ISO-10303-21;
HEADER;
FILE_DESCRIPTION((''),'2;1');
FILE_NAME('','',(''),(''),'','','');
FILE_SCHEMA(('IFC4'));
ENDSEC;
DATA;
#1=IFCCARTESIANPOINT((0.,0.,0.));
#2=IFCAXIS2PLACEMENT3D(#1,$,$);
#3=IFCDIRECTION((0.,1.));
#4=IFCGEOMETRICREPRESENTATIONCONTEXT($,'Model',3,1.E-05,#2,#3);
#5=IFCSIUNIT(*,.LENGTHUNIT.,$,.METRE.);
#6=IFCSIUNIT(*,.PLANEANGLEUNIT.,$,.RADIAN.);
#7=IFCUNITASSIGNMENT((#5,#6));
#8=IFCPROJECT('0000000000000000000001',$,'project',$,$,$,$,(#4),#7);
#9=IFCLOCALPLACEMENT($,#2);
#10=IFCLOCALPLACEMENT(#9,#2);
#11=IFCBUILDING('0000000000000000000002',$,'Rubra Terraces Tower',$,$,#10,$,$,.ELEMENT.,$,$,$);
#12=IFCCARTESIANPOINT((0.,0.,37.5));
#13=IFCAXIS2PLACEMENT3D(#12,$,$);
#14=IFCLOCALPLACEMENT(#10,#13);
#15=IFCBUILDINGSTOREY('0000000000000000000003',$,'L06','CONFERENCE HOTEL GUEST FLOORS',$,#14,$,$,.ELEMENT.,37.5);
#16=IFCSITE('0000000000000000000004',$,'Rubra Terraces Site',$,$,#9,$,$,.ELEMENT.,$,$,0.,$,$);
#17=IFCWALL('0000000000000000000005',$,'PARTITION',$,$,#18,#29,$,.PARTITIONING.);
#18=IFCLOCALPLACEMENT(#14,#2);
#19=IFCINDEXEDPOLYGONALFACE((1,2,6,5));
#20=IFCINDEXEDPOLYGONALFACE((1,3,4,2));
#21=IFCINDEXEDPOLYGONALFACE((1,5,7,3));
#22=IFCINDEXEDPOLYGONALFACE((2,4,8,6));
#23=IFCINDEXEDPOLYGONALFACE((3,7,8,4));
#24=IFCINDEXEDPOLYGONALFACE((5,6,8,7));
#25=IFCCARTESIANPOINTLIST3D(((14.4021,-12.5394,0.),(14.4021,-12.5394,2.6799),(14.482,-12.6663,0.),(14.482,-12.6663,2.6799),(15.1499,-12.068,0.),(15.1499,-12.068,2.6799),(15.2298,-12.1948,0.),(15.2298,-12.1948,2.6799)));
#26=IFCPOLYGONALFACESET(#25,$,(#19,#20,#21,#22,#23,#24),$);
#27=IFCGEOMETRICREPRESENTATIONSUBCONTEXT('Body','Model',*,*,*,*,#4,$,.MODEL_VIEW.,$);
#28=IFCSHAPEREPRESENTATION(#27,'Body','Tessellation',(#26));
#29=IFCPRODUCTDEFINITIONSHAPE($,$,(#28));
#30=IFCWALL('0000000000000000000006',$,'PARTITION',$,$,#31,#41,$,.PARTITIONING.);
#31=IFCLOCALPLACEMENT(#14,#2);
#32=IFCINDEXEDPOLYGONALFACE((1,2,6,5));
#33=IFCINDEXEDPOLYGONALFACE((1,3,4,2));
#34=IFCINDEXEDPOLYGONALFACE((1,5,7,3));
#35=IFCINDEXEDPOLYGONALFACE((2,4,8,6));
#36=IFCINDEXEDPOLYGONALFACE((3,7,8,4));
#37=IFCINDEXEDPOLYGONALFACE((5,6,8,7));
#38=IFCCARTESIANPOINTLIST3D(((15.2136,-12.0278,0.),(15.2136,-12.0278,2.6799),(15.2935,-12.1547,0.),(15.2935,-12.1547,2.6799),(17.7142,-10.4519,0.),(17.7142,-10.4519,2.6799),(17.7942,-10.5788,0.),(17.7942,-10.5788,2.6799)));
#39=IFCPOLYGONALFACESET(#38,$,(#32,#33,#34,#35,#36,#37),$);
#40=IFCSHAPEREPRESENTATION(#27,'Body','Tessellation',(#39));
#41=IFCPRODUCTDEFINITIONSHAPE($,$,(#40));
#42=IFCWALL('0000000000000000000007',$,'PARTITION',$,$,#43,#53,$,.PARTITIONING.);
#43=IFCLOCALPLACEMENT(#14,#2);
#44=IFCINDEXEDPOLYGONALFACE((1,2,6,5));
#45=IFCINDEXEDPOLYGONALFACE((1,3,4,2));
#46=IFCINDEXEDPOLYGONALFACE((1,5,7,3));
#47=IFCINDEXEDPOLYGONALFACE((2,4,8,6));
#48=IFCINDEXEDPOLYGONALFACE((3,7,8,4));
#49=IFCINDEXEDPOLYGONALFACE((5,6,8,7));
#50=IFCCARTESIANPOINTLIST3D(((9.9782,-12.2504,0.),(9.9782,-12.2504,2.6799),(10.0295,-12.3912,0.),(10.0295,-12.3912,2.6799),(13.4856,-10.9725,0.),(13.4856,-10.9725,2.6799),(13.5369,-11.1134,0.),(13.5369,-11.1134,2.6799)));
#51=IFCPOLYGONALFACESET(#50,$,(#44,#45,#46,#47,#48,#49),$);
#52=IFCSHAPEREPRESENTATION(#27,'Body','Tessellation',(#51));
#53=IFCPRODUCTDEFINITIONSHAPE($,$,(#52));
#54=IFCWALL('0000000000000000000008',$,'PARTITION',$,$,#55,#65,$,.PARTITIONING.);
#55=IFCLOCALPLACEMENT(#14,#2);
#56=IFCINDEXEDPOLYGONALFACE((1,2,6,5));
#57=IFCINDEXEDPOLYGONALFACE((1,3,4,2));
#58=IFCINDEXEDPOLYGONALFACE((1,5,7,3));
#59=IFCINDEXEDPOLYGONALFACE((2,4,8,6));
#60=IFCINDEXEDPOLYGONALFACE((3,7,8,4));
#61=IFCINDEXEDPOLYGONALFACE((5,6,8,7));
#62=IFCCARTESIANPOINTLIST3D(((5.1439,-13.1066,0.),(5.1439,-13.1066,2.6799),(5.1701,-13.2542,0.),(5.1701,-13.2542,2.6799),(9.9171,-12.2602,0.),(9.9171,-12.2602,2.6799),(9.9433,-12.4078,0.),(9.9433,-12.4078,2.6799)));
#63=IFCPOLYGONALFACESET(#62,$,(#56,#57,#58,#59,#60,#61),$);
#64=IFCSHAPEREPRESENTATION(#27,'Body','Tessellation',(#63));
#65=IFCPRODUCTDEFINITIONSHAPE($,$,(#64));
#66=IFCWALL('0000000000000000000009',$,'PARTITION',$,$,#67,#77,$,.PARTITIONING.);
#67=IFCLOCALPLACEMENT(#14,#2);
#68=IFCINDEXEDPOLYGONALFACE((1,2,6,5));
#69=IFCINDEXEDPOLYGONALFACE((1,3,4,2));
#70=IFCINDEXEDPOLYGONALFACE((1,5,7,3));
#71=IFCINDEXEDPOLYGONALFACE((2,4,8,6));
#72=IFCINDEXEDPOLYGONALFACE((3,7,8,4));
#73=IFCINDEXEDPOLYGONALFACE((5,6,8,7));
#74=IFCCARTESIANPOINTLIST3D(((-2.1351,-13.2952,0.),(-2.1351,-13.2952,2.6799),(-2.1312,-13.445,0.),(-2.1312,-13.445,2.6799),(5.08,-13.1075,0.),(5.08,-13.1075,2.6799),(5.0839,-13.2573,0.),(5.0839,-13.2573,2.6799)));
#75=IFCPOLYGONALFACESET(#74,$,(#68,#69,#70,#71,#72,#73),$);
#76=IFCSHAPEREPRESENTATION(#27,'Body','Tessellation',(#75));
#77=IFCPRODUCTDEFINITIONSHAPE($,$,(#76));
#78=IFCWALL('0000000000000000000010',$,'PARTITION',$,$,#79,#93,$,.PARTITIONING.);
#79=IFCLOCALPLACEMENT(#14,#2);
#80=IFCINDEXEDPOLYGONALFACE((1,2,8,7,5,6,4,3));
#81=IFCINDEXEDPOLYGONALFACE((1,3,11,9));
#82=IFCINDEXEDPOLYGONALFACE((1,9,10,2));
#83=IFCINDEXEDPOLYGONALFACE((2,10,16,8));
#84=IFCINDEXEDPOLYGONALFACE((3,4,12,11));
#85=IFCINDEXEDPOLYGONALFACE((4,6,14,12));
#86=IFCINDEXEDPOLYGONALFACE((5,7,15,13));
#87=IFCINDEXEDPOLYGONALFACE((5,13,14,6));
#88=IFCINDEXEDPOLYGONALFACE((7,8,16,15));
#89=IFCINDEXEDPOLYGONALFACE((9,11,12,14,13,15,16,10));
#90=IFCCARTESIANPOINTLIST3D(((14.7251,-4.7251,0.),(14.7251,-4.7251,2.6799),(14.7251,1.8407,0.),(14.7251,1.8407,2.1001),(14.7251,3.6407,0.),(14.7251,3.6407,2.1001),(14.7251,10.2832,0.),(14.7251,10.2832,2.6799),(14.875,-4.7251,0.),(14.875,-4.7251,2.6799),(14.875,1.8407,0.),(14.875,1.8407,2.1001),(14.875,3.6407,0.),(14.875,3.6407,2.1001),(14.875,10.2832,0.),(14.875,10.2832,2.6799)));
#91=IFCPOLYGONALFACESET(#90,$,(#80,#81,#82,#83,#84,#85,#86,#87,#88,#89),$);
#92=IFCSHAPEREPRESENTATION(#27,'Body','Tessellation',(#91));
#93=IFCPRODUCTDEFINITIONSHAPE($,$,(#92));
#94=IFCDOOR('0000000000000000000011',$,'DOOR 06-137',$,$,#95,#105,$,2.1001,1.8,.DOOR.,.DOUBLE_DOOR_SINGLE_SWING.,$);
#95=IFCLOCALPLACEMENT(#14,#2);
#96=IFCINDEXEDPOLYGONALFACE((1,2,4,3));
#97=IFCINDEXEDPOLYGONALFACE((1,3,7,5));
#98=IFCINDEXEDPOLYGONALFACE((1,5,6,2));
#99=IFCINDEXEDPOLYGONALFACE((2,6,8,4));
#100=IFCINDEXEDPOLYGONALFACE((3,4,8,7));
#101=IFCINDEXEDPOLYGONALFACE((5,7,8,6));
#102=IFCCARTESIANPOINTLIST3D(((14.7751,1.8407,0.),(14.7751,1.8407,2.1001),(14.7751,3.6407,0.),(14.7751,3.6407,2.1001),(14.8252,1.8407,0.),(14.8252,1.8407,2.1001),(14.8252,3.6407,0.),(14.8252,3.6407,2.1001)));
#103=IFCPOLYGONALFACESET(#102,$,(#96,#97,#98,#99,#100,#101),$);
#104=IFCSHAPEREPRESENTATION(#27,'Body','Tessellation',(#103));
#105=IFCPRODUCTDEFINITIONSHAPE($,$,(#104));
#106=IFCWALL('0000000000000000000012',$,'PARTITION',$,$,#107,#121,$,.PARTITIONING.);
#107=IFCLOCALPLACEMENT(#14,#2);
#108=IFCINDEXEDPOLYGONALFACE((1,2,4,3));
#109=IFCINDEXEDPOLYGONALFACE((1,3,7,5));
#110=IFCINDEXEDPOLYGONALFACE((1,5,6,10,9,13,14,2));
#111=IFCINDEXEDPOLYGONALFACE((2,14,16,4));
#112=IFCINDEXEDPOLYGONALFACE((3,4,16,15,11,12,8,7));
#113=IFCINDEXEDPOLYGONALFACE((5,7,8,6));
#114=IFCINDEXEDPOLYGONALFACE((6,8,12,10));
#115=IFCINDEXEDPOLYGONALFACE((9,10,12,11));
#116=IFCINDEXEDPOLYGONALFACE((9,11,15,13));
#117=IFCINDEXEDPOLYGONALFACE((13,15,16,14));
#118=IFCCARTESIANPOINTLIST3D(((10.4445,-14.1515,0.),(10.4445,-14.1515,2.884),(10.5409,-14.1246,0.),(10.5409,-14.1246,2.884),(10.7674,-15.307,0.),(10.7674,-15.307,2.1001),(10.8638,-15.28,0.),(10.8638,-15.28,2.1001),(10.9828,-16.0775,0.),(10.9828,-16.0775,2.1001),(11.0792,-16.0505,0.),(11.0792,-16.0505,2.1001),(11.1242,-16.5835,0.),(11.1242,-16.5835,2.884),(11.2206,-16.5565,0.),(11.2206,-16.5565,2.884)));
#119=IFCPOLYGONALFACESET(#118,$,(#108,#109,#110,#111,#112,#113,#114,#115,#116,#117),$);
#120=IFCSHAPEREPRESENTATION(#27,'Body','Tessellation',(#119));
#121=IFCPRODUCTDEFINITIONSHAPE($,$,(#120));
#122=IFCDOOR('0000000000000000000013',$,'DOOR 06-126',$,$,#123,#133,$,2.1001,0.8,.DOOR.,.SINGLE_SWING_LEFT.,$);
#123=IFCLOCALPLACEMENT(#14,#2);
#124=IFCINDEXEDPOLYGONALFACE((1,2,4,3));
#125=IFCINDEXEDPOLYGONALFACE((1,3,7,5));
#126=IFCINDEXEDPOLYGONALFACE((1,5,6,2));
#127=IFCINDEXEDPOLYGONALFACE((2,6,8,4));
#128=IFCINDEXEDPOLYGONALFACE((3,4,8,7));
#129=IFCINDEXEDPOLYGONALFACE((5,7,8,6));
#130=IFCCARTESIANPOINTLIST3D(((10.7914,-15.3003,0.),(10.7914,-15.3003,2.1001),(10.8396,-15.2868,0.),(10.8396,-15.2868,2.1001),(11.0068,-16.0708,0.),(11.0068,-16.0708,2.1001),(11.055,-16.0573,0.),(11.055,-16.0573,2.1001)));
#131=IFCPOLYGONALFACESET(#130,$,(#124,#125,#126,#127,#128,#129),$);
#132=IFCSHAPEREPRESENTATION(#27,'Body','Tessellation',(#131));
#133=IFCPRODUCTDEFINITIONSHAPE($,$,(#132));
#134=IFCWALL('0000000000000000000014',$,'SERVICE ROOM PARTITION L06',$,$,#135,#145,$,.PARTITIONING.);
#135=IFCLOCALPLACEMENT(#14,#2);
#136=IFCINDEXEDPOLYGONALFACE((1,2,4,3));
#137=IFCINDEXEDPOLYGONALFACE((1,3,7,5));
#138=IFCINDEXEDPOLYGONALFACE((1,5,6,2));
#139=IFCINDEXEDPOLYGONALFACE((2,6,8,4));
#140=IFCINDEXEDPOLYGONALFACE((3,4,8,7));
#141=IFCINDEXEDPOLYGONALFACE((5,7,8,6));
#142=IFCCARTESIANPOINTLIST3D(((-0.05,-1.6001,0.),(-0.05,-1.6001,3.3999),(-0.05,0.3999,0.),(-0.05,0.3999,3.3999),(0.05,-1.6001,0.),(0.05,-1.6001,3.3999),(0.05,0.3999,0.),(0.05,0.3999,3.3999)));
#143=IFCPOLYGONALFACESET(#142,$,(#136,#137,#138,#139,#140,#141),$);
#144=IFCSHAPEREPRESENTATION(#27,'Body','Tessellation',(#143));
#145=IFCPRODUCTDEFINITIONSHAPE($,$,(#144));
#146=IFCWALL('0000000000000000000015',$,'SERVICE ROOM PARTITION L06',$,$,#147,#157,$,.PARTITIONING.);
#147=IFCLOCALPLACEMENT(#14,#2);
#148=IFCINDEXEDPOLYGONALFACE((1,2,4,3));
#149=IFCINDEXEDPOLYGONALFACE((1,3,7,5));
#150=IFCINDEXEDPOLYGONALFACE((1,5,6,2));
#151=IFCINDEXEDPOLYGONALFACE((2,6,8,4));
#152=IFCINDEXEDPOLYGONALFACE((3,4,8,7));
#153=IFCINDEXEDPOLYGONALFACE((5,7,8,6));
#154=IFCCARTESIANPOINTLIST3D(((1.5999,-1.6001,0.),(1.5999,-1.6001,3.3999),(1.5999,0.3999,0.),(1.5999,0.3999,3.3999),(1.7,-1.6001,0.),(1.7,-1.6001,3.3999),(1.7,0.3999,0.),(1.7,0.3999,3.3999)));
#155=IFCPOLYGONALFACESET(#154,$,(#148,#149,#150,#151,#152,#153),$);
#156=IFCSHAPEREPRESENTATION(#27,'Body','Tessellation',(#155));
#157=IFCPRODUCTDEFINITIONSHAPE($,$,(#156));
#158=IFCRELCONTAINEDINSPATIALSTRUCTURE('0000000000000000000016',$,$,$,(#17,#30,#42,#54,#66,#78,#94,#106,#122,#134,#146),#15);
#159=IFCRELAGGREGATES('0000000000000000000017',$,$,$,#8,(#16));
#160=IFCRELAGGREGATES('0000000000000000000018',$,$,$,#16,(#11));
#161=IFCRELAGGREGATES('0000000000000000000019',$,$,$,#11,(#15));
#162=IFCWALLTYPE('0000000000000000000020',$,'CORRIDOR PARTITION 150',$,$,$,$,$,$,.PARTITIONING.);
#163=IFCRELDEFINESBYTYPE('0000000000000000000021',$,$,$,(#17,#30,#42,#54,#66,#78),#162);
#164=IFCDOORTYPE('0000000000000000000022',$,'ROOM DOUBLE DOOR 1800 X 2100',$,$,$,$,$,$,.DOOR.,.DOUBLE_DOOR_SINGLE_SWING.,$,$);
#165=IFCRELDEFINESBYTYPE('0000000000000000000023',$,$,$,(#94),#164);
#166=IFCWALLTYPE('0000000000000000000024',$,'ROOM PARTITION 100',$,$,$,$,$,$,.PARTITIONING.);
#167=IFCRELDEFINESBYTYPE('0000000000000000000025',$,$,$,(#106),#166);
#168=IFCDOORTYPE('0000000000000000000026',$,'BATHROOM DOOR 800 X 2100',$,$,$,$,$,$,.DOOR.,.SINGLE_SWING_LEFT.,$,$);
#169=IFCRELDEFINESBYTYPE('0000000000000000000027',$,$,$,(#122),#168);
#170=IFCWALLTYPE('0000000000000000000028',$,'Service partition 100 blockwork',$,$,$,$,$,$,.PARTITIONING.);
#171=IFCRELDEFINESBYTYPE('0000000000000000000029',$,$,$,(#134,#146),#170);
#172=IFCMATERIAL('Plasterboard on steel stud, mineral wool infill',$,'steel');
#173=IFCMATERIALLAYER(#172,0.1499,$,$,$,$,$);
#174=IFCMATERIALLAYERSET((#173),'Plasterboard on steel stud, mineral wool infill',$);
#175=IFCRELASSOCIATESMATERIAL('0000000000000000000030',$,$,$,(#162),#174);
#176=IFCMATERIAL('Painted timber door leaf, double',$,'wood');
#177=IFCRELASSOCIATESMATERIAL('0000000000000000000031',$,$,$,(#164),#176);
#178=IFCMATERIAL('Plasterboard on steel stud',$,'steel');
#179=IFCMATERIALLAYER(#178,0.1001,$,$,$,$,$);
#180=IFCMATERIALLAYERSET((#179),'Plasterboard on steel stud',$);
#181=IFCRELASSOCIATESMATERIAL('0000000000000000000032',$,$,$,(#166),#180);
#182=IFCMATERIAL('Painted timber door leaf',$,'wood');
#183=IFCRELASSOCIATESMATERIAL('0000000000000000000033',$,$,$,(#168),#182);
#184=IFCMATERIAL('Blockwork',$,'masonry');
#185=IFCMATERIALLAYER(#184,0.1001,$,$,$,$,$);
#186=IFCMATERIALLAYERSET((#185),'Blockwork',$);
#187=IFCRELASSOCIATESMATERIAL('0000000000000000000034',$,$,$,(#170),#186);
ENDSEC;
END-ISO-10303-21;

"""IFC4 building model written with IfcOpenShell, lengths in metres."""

from ifc_helpers import new_model, si_unit, direction, frame, frame_2d, origin, place, context, subcontext, project, spatial, rectangle, extrude, material, layer, layer_set, type_object, element, fill, save


model = new_model("IFC4")

# Units and contexts
model_context = context("Model", 3, precision=1e-05, world=origin(), true_north=direction((0.0, 1.0)))
body_context = subcontext(model_context, "Body", "Model", "MODEL_VIEW")
ifc_project = project(units=[si_unit("LENGTHUNIT", "METRE"), si_unit("PLANEANGLEUNIT", "RADIAN")], contexts=[model_context])

# Site, building, storey
site_placement = place(None, origin())
site = spatial("IfcSite", under=ifc_project, at=site_placement, Name="Rubra Terraces Site", CompositionType="ELEMENT", RefElevation=0.0)
building_placement = place(site_placement, origin())
building = spatial("IfcBuilding", under=site, at=building_placement, Name="Rubra Terraces Tower", CompositionType="ELEMENT")
storey_placement = place(building_placement, frame((0.0, 0.0, 37.5)))
storey = spatial("IfcBuildingStorey", under=building, at=storey_placement, Name="L06", Description="CONFERENCE HOTEL GUEST FLOORS", CompositionType="ELEMENT", Elevation=37.5)

# Shared definitions
ifc_material_1 = material(Name="Plasterboard on steel stud, mineral wool infill", Category="steel")
ifc_layer_1 = layer(ifc_material_1, 0.1499)
ifc_layer_set_1 = layer_set([ifc_layer_1], Name="Plasterboard on steel stud, mineral wool infill")
wall_type_1 = type_object("IfcWallType", Name="CORRIDOR PARTITION 150", PredefinedType="PARTITIONING", material=ifc_layer_set_1)

# Shared definitions
ifc_material_2 = material(Name="Painted timber door leaf", Category="wood")

# Walls
wall_1_placement = place(storey_placement, frame((14.4421, -12.6028, 0.0), z_axis=(0.0, 0.0, 1.0), x_axis=(0.845928, 0.533297, 0.0)))
element("IfcWall", 1, at=wall_1_placement, inside=storey, type_object=wall_type_1, Name="PARTITION", PredefinedType="PARTITIONING", context=body_context, shape_type="SweptSolid", body=[
    extrude(rectangle(XDim=0.884, YDim=0.1499, at=frame_2d((0.4419, 0.0))), origin(), (0.0, 0.0, 1.0), 2.6799),
])
wall_2_placement = place(storey_placement, frame((15.2534, -12.0913, 0.0), z_axis=(0.0, 0.0, 1.0), x_axis=(0.84602, 0.533151, 0.0)))
element("IfcWall", 2, at=wall_2_placement, inside=storey, type_object=wall_type_1, Name="PARTITION", PredefinedType="PARTITIONING", context=body_context, shape_type="SweptSolid", body=[
    extrude(rectangle(XDim=2.9558, YDim=0.1499, at=frame_2d((1.478, 0.0))), origin(), (0.0, 0.0, 1.0), 2.6799),
])
wall_3_placement = place(storey_placement, frame((13.5112, -11.043, 0.0), z_axis=(0.0, 0.0, 1.0), x_axis=(-0.939583, -0.342321, 0.0)))
element("IfcWall", 3, at=wall_3_placement, inside=storey, type_object=wall_type_1, Name="PARTITION", PredefinedType="PARTITIONING", context=body_context, shape_type="SweptSolid", body=[
    extrude(rectangle(XDim=3.7329, YDim=0.1499, at=frame_2d((1.8665, 0.0))), origin(), (0.0, 0.0, 1.0), 2.6799),
])
wall_4_placement = place(storey_placement, frame((9.9302, -12.334, 0.0), z_axis=(0.0, 0.0, 1.0), x_axis=(-0.984638, -0.174607, 0.0)))
element("IfcWall", 4, at=wall_4_placement, inside=storey, type_object=wall_type_1, Name="PARTITION", PredefinedType="PARTITIONING", context=body_context, shape_type="SweptSolid", body=[
    extrude(rectangle(XDim=4.8477, YDim=0.1499, at=frame_2d((2.4238, 0.0))), origin(), (0.0, 0.0, 1.0), 2.6799),
])
wall_5_placement = place(storey_placement, frame((5.082, -13.1824, 0.0), z_axis=(0.0, 0.0, 1.0), x_axis=(-0.999662, -0.026012, 0.0)))
element("IfcWall", 5, at=wall_5_placement, inside=storey, type_object=wall_type_1, Name="PARTITION", PredefinedType="PARTITIONING", context=body_context, shape_type="SweptSolid", body=[
    extrude(rectangle(XDim=7.2175, YDim=0.1499, at=frame_2d((3.6089, 0.0))), origin(), (0.0, 0.0, 1.0), 2.6799),
])

# Walls, openings, doors
wall_6_placement = place(storey_placement, frame((14.8, -4.7251, 0.0), z_axis=(0.0, 0.0, 1.0), x_axis=(0.0, 1.0, 0.0)))
wall_6 = element("IfcWall", 6, at=wall_6_placement, inside=storey, type_object=wall_type_1, Name="PARTITION", PredefinedType="PARTITIONING", context=body_context, shape_type="SweptSolid", body=[
    extrude(rectangle(XDim=15.0083, YDim=0.1499, at=frame_2d((7.5042, 0.0))), origin(), (0.0, 0.0, 1.0), 2.6799),
])
opening_1_placement = place(wall_6_placement, frame((6.5659, 0.0, 0.0)))
opening_1 = element("IfcOpeningElement", 7, at=opening_1_placement, cuts=wall_6, PredefinedType="OPENING", context=body_context, shape_type="SweptSolid", body=[
    extrude(rectangle(XDim=1.8, YDim=2.1001, at=frame_2d((0.8999, 1.05))), frame((0.0, 0.085, 0.0), z_axis=(0.0, -1.0, 0.0), x_axis=(1.0, 0.0, 0.0)), (0.0, 0.0, 1.0), 0.1699),
])
ifc_material_3 = material(Name="Painted timber door leaf, double", Category="wood")
door_type_1 = type_object("IfcDoorType", Name="ROOM DOUBLE DOOR 1800 X 2100", OperationType="DOUBLE_DOOR_SINGLE_SWING", PredefinedType="DOOR", material=ifc_material_3)
door_1_placement = place(opening_1_placement, origin())
door_1 = element("IfcDoor", 8, at=door_1_placement, inside=storey, type_object=door_type_1, Name="DOOR 06-137", OperationType="DOUBLE_DOOR_SINGLE_SWING", OverallHeight=2.1001, OverallWidth=1.8, PredefinedType="DOOR", context=body_context, shape_type="SweptSolid", body=[
    extrude(rectangle(XDim=1.8, YDim=2.1001, at=frame_2d((0.8999, 1.05))), frame((0.0, 0.0249, 0.0), z_axis=(0.0, -1.0, 0.0), x_axis=(1.0, 0.0, 0.0)), (0.0, 0.0, 1.0), 0.05),
])
fill(opening_1, door_1)
ifc_material_4 = material(Name="Plasterboard on steel stud", Category="steel")
ifc_layer_2 = layer(ifc_material_4, 0.1001)
ifc_layer_set_2 = layer_set([ifc_layer_2], Name="Plasterboard on steel stud")
wall_type_2 = type_object("IfcWallType", Name="ROOM PARTITION 100", PredefinedType="PARTITIONING", material=ifc_layer_set_2)
wall_7_placement = place(storey_placement, frame((10.4927, -14.1379, 0.0), z_axis=(0.0, 0.0, 1.0), x_axis=(0.269174, -0.963091, 0.0)))
wall_7 = element("IfcWall", 9, at=wall_7_placement, inside=storey, type_object=wall_type_2, Name="PARTITION", PredefinedType="PARTITIONING", context=body_context, shape_type="SweptSolid", body=[
    extrude(rectangle(XDim=2.5251, YDim=0.1001, at=frame_2d((1.2627, 0.0))), origin(), (0.0, 0.0, 1.0), 2.884),
])
opening_2_placement = place(wall_7_placement, frame((1.2, 0.0, 0.0)))
opening_2 = element("IfcOpeningElement", 10, at=opening_2_placement, cuts=wall_7, PredefinedType="OPENING", context=body_context, shape_type="SweptSolid", body=[
    extrude(rectangle(XDim=0.8, YDim=2.1001, at=frame_2d((0.3999, 1.05))), frame((0.0, 0.0601, 0.0), z_axis=(0.0, -1.0, 0.0), x_axis=(1.0, 0.0, 0.0)), (0.0, 0.0, 1.0), 0.1201),
])
door_type_2 = type_object("IfcDoorType", Name="BATHROOM DOOR 800 X 2100", OperationType="SINGLE_SWING_LEFT", PredefinedType="DOOR", material=ifc_material_2)
door_2_placement = place(opening_2_placement, origin())
door_2 = element("IfcDoor", 11, at=door_2_placement, inside=storey, type_object=door_type_2, Name="DOOR 06-126", OperationType="SINGLE_SWING_LEFT", OverallHeight=2.1001, OverallWidth=0.8, PredefinedType="DOOR", context=body_context, shape_type="SweptSolid", body=[
    extrude(rectangle(XDim=0.8, YDim=2.1001, at=frame_2d((0.3999, 1.05))), frame((0.0, 0.0249, 0.0), z_axis=(0.0, -1.0, 0.0), x_axis=(1.0, 0.0, 0.0)), (0.0, 0.0, 1.0), 0.05),
])
fill(opening_2, door_2)

# Walls
ifc_material_5 = material(Name="Blockwork", Category="masonry")
ifc_layer_3 = layer(ifc_material_5, 0.1001)
ifc_layer_set_3 = layer_set([ifc_layer_3], Name="Blockwork")
wall_type_3 = type_object("IfcWallType", Name="Service partition 100 blockwork", PredefinedType="PARTITIONING", material=ifc_layer_set_3)
for number, where, z_axis, x_axis, name in (
    (12, (0.0, -1.6001, 0.0), (0.0, 0.0, 1.0), (0.0, 1.0, 0.0), "SERVICE ROOM PARTITION L06"),
    (13, (1.6499, -1.6001, 0.0), (0.0, 0.0, 1.0), (0.0, 1.0, 0.0), "SERVICE ROOM PARTITION L06"),
):
    element("IfcWall", number, at=place(storey_placement, frame(where, z_axis=z_axis, x_axis=x_axis)), inside=storey, type_object=wall_type_3, Name=name, PredefinedType="PARTITIONING", context=body_context, shape_type="SweptSolid", body=[
        extrude(rectangle(XDim=2.0, YDim=0.1001, at=frame_2d((1.0, 0.0))), origin(), (0.0, 0.0, 1.0), 3.3999),
    ])

save(model, "model.ifc")
